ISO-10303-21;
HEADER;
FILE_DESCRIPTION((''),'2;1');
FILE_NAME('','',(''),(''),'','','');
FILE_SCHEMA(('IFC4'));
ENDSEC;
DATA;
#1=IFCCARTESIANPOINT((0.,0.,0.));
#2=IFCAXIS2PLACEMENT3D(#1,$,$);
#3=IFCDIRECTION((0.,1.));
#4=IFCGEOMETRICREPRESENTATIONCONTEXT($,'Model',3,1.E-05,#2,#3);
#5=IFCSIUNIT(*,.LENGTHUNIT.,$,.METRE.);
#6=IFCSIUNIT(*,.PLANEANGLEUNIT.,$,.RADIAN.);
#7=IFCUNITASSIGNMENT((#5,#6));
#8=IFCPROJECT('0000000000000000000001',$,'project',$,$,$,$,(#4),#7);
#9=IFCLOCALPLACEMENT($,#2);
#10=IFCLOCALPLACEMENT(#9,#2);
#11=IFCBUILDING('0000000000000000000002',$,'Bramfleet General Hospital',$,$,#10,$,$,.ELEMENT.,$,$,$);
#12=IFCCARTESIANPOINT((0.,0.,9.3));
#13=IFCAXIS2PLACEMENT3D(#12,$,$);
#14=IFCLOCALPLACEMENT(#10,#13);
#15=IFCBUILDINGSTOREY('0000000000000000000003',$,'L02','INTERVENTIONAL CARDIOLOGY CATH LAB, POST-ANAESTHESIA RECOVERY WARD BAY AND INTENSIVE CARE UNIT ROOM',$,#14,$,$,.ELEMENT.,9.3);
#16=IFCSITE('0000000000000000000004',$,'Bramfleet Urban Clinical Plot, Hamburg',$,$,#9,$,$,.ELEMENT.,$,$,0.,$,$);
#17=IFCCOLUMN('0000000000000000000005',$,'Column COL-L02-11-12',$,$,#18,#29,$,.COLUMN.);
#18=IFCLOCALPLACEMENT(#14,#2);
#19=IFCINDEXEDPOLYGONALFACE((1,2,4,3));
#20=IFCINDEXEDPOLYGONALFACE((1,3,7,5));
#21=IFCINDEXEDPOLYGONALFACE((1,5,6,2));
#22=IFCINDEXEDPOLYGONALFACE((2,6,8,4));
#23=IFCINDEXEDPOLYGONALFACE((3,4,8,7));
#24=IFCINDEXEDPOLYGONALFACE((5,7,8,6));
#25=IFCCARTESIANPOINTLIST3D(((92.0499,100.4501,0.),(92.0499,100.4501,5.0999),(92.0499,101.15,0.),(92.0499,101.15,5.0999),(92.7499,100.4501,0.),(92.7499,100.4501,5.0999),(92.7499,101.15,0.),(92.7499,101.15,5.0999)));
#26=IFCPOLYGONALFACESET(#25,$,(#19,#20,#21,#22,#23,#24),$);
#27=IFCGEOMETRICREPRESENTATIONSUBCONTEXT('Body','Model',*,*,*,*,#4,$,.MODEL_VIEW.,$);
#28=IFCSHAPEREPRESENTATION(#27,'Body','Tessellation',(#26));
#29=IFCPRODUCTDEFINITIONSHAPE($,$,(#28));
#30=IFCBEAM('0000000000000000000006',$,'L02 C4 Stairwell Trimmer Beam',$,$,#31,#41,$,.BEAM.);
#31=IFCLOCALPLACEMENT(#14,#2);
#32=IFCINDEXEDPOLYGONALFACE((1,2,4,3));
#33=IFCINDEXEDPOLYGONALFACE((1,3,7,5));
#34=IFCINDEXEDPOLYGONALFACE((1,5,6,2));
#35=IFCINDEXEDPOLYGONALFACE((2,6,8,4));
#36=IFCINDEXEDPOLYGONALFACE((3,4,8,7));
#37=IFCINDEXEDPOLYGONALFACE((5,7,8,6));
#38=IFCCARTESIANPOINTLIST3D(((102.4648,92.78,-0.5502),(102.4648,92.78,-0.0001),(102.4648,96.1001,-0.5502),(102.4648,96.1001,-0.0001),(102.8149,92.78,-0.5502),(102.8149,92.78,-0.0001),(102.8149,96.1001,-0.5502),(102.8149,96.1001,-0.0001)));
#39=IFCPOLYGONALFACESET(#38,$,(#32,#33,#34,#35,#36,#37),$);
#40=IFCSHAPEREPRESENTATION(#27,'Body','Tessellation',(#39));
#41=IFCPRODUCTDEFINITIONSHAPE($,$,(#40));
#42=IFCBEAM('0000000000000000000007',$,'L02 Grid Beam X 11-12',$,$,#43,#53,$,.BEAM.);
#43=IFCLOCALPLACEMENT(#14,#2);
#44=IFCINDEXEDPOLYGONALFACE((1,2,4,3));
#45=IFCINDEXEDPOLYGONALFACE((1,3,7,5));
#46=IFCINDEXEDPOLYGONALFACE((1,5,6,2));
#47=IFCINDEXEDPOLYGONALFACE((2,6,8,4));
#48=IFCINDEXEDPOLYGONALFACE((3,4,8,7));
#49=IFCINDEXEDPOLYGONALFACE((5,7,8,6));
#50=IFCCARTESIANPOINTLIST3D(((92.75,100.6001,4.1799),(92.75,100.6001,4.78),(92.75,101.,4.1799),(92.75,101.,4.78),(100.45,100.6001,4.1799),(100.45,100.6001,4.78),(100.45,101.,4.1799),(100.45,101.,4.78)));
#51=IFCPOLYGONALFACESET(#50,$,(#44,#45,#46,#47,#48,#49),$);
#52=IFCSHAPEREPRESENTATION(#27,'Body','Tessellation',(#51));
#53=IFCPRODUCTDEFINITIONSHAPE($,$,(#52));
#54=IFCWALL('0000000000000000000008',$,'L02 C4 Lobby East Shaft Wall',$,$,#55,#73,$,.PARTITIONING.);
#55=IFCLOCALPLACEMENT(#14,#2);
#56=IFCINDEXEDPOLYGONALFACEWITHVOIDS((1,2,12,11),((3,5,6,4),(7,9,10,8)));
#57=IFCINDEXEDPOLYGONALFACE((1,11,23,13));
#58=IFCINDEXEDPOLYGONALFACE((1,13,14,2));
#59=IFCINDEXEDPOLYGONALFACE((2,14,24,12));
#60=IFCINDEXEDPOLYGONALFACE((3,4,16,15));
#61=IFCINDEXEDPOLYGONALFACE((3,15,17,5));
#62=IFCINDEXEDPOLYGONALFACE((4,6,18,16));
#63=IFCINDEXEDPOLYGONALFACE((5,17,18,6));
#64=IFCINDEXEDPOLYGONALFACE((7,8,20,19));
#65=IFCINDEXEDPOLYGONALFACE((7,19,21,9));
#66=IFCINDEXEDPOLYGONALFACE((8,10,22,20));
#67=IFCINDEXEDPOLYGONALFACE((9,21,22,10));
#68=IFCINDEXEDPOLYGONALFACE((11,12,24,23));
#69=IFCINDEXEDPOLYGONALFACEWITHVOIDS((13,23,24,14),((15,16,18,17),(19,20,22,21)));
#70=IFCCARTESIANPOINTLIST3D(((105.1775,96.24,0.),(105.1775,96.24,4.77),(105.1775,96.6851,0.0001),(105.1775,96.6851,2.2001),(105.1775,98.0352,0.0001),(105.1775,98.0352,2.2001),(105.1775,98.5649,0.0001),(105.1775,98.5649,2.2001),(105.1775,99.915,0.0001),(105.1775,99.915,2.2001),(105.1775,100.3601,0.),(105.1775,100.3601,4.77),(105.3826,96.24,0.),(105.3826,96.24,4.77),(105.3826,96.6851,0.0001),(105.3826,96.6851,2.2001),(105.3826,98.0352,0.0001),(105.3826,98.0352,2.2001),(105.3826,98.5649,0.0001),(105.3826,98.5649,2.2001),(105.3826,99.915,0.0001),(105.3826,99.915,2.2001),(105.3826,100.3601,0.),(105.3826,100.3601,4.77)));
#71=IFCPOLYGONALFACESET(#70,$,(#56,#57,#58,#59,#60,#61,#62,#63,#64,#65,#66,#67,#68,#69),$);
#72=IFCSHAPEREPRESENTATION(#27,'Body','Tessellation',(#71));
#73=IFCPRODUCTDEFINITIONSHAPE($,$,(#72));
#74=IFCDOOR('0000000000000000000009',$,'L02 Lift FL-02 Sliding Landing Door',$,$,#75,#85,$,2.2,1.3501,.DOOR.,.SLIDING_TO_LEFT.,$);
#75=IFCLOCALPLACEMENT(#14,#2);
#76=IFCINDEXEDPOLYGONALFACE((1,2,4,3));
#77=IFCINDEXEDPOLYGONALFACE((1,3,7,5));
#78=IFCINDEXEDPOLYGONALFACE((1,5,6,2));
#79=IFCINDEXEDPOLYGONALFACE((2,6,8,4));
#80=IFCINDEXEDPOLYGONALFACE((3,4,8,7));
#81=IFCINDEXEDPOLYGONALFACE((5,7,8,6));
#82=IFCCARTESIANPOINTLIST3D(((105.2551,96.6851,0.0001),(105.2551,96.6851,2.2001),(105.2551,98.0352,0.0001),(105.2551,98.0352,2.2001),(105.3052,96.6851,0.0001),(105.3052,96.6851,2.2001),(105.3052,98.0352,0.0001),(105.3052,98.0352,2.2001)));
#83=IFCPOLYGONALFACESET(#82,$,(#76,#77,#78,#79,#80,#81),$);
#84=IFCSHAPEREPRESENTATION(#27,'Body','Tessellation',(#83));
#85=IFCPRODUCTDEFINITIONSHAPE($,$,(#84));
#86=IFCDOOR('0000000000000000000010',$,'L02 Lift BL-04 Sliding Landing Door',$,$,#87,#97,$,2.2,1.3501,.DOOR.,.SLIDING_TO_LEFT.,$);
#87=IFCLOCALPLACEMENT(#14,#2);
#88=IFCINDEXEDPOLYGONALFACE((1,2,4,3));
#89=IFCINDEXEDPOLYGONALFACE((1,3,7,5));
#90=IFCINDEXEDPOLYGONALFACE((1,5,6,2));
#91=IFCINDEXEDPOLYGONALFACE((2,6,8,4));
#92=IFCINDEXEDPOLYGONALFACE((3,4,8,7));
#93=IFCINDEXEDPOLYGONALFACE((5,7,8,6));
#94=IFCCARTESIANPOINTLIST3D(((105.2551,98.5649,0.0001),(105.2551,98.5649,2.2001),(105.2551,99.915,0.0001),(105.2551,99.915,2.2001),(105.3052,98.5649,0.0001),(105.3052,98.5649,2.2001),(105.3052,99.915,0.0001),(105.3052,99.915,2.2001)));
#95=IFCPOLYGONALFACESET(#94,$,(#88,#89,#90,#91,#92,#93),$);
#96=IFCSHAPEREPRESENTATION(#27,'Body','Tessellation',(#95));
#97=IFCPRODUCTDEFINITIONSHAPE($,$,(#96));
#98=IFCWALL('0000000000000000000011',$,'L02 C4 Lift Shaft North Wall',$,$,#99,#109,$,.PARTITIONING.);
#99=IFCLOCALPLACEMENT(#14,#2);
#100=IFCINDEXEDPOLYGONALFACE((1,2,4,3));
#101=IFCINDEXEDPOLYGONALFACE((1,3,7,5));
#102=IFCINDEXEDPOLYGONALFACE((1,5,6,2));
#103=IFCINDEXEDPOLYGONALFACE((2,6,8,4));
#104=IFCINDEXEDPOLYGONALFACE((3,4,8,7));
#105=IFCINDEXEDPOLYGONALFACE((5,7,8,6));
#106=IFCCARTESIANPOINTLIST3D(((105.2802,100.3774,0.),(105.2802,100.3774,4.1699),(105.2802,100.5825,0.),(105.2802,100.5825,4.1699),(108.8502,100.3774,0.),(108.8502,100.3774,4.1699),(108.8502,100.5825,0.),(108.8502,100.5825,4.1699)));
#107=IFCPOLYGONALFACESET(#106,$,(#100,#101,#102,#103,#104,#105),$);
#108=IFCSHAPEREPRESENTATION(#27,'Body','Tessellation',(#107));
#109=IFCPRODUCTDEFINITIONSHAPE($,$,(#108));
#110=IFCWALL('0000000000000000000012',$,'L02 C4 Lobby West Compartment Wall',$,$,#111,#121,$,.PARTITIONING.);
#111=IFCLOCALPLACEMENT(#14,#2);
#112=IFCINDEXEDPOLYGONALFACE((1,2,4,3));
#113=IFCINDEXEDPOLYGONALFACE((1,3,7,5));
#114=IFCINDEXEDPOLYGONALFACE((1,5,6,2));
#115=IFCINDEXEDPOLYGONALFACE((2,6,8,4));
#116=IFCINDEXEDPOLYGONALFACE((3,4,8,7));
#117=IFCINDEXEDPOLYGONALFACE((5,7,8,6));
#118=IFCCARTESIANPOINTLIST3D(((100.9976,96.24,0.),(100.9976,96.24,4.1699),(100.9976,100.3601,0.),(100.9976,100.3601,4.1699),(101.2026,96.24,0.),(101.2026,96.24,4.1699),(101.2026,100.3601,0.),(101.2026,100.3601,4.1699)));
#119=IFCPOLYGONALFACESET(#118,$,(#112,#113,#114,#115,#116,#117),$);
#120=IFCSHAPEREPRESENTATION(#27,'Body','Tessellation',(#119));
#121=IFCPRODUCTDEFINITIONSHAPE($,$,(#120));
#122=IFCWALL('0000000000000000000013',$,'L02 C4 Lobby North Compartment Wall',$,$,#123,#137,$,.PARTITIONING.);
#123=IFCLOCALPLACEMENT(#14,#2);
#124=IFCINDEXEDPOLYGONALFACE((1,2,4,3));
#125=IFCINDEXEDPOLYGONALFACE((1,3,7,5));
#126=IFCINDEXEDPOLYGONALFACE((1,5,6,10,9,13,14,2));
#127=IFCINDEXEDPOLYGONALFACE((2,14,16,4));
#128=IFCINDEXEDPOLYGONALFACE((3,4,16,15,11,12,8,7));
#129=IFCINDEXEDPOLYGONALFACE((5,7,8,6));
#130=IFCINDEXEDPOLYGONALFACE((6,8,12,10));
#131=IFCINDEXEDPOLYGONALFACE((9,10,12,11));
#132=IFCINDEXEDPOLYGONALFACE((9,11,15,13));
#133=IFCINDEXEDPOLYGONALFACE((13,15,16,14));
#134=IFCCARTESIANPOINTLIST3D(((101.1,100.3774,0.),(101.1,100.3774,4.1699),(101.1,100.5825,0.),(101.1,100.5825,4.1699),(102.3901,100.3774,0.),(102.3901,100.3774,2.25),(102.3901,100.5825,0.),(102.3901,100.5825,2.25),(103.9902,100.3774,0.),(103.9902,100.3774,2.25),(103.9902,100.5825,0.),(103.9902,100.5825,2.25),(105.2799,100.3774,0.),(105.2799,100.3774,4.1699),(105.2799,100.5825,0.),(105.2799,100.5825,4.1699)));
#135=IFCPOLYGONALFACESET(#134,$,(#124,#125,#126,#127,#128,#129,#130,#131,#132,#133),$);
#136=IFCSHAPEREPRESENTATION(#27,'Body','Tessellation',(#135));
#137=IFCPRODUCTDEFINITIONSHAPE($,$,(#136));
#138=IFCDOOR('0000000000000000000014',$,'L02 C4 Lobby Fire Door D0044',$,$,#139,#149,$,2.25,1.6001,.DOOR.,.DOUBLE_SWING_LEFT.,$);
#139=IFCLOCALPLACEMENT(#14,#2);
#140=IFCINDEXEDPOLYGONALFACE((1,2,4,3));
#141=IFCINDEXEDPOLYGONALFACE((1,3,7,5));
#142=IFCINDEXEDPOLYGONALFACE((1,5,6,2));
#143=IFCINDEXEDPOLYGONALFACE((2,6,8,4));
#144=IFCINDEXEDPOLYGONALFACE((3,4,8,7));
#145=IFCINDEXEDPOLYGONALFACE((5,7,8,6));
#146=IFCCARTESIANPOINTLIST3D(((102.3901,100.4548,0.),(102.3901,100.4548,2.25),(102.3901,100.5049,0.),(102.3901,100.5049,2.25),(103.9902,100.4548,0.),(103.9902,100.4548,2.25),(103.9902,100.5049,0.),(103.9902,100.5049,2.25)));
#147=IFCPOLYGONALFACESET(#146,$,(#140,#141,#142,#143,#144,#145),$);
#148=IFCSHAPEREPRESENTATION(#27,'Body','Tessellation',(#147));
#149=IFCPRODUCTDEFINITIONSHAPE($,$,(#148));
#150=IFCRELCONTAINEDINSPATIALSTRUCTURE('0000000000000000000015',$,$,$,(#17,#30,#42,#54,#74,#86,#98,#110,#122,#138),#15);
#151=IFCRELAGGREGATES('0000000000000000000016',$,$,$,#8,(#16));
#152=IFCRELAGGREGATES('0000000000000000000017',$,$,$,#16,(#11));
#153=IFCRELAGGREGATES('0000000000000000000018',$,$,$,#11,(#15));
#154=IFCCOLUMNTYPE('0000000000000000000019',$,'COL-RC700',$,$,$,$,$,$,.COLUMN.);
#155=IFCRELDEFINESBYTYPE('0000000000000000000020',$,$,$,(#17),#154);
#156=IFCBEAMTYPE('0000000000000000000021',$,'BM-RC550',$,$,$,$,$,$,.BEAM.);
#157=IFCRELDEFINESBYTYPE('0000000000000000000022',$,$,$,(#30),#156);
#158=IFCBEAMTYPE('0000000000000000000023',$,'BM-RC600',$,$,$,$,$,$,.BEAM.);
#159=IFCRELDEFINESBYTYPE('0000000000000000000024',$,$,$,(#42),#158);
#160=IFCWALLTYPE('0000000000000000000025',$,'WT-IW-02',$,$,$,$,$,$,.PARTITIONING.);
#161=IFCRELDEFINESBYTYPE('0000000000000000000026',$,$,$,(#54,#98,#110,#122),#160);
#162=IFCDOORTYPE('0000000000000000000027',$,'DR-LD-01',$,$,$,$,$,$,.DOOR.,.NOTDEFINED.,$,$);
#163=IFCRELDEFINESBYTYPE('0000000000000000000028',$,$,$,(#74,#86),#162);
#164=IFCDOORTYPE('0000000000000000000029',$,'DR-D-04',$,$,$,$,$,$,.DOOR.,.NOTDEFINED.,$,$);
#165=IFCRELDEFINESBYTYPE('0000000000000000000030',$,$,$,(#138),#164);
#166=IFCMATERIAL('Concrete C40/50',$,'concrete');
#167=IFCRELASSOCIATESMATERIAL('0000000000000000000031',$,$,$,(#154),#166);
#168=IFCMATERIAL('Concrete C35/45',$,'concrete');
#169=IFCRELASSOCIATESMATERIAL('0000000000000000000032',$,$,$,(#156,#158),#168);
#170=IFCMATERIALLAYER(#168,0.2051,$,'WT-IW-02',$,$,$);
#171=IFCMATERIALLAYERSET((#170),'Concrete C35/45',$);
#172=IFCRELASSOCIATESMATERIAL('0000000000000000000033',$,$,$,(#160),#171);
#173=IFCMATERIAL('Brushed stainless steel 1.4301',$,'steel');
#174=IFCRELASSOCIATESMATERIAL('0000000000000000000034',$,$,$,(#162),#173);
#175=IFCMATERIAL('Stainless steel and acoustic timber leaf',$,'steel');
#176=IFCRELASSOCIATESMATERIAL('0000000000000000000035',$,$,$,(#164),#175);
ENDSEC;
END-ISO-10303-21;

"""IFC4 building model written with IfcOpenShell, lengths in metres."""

from ifc_helpers import new_model, si_unit, direction, frame, frame_2d, origin, origin_2d, place, context, subcontext, project, spatial, rectangle, extrude, material, layer, layer_set, material_profile, profile_set, type_object, element, fill, save


model = new_model("IFC4")

# Units and contexts
model_context = context("Model", 3, precision=1e-05, world=origin(), true_north=direction((0.0, 1.0)))
body_context = subcontext(model_context, "Body", "Model", "MODEL_VIEW")
ifc_project = project(units=[si_unit("LENGTHUNIT", "METRE"), si_unit("PLANEANGLEUNIT", "RADIAN")], contexts=[model_context])

# Site, building, storey
site_placement = place(None, origin())
site = spatial("IfcSite", under=ifc_project, at=site_placement, Name="Bramfleet Urban Clinical Plot, Hamburg", CompositionType="ELEMENT", RefElevation=0.0)
building_placement = place(site_placement, origin())
building = spatial("IfcBuilding", under=site, at=building_placement, Name="Bramfleet General Hospital", CompositionType="ELEMENT")
storey_placement = place(building_placement, frame((0.0, 0.0, 9.3)))
storey = spatial("IfcBuildingStorey", under=building, at=storey_placement, Name="L02", Description="INTERVENTIONAL CARDIOLOGY CATH LAB, POST-ANAESTHESIA RECOVERY WARD BAY AND INTENSIVE CARE UNIT ROOM", CompositionType="ELEMENT", Elevation=9.3)

# Column
ifc_material_1 = material(Name="Concrete C40/50", Category="concrete")
ifc_material_profile_1 = material_profile(ifc_material_1, rectangle(XDim=0.7, YDim=0.7, at=origin_2d()), Name="RC COL 700x700")
ifc_profile_set_1 = profile_set([ifc_material_profile_1], Name="Concrete C40/50")
column_type = type_object("IfcColumnType", Name="COL-RC700", PredefinedType="COLUMN", material=ifc_profile_set_1)
column_placement = place(storey_placement, frame((92.3999, 100.8, 0.0), z_axis=(0.0, 0.0, 1.0), x_axis=(1.0, 0.0, 0.0)))
element("IfcColumn", 1, at=column_placement, inside=storey, type_object=column_type, Name="Column COL-L02-11-12", PredefinedType="COLUMN", context=body_context, shape_type="SweptSolid", body=[
    extrude(rectangle(XDim=0.7, YDim=0.7, at=origin_2d()), origin(), (0.0, 0.0, 1.0), 5.0999),
])

# Beams
ifc_material_2 = material(Name="Concrete C35/45", Category="concrete")
ifc_material_profile_2 = material_profile(ifc_material_2, rectangle(XDim=0.3501, YDim=0.55, at=origin_2d()), Name="RC BM 550x350")
ifc_profile_set_2 = profile_set([ifc_material_profile_2], Name="Concrete C35/45")
beam_type_1 = type_object("IfcBeamType", Name="BM-RC550", PredefinedType="BEAM", material=ifc_profile_set_2)
beam_1_placement = place(storey_placement, frame((102.6399, 92.78, -0.2751), z_axis=(0.0, 1.0, 0.0), x_axis=(-1.0, 0.0, 0.0)))
element("IfcBeam", 2, at=beam_1_placement, inside=storey, type_object=beam_type_1, Name="L02 C4 Stairwell Trimmer Beam", PredefinedType="BEAM", context=body_context, shape_type="SweptSolid", body=[
    extrude(rectangle(XDim=0.3501, YDim=0.55, at=origin_2d()), origin(), (0.0, 0.0, 1.0), 3.3201),
])
ifc_material_profile_3 = material_profile(ifc_material_2, rectangle(XDim=0.3999, YDim=0.6001, at=origin_2d()), Name="RC BM 600x400")
ifc_profile_set_3 = profile_set([ifc_material_profile_3], Name="Concrete C35/45")
beam_type_2 = type_object("IfcBeamType", Name="BM-RC600", PredefinedType="BEAM", material=ifc_profile_set_3)
beam_2_placement = place(storey_placement, frame((92.75, 100.8, 4.48), z_axis=(1.0, 0.0, 0.0), x_axis=(0.0, 1.0, 0.0)))
element("IfcBeam", 3, at=beam_2_placement, inside=storey, type_object=beam_type_2, Name="L02 Grid Beam X 11-12", PredefinedType="BEAM", context=body_context, shape_type="SweptSolid", body=[
    extrude(rectangle(XDim=0.3999, YDim=0.6001, at=origin_2d()), origin(), (0.0, 0.0, 1.0), 7.7),
])

# Wall, openings, doors
ifc_layer_1 = layer(ifc_material_2, 0.2051, Name="WT-IW-02")
ifc_layer_set_1 = layer_set([ifc_layer_1], Name="Concrete C35/45")
wall_type_1 = type_object("IfcWallType", Name="WT-IW-02", PredefinedType="PARTITIONING", material=ifc_layer_set_1)
wall_1_placement = place(storey_placement, frame((105.28, 96.24, 0.0), z_axis=(0.0, 0.0, 1.0), x_axis=(0.0, 1.0, 0.0)))
wall_1 = element("IfcWall", 4, at=wall_1_placement, inside=storey, type_object=wall_type_1, Name="L02 C4 Lobby East Shaft Wall", PredefinedType="PARTITIONING", context=body_context, shape_type="SweptSolid", body=[
    extrude(rectangle(XDim=4.1201, YDim=0.2051, at=frame_2d((2.0601, 0.0))), origin(), (0.0, 0.0, 1.0), 4.77),
])
opening_1_placement = place(wall_1_placement, frame((0.4451, 0.0, 0.0)))
opening_1 = element("IfcOpeningElement", 5, at=opening_1_placement, cuts=wall_1, PredefinedType="OPENING", context=body_context, shape_type="SweptSolid", body=[
    extrude(rectangle(XDim=1.3501, YDim=2.2, at=frame_2d((0.675, 1.1001))), frame((0.0, 0.1125, 0.0), z_axis=(0.0, -1.0, 0.0), x_axis=(1.0, 0.0, 0.0)), (0.0, 0.0, 1.0), 0.2251),
])
opening_2_placement = place(wall_1_placement, frame((2.325, 0.0, 0.0)))
opening_2 = element("IfcOpeningElement", 6, at=opening_2_placement, cuts=wall_1, PredefinedType="OPENING", context=body_context, shape_type="SweptSolid", body=[
    extrude(rectangle(XDim=1.3501, YDim=2.2, at=frame_2d((0.675, 1.1001))), frame((0.0, 0.1125, 0.0), z_axis=(0.0, -1.0, 0.0), x_axis=(1.0, 0.0, 0.0)), (0.0, 0.0, 1.0), 0.2251),
])
ifc_material_3 = material(Name="Brushed stainless steel 1.4301", Category="steel")
door_type_1 = type_object("IfcDoorType", Name="DR-LD-01", OperationType="NOTDEFINED", PredefinedType="DOOR", material=ifc_material_3)
door_1_placement = place(opening_1_placement, origin())
door_1 = element("IfcDoor", 7, at=door_1_placement, inside=storey, type_object=door_type_1, Name="L02 Lift FL-02 Sliding Landing Door", OperationType="SLIDING_TO_LEFT", OverallHeight=2.2, OverallWidth=1.3501, PredefinedType="DOOR", context=body_context, shape_type="SweptSolid", body=[
    extrude(rectangle(XDim=1.3501, YDim=2.2, at=frame_2d((0.675, 1.1001))), frame((0.0, 0.0249, 0.0), z_axis=(0.0, -1.0, 0.0), x_axis=(1.0, 0.0, 0.0)), (0.0, 0.0, 1.0), 0.05),
])
fill(opening_1, door_1)
door_2_placement = place(opening_2_placement, origin())
door_2 = element("IfcDoor", 8, at=door_2_placement, inside=storey, type_object=door_type_1, Name="L02 Lift BL-04 Sliding Landing Door", OperationType="SLIDING_TO_LEFT", OverallHeight=2.2, OverallWidth=1.3501, PredefinedType="DOOR", context=body_context, shape_type="SweptSolid", body=[
    extrude(rectangle(XDim=1.3501, YDim=2.2, at=frame_2d((0.675, 1.1001))), frame((0.0, 0.0249, 0.0), z_axis=(0.0, -1.0, 0.0), x_axis=(1.0, 0.0, 0.0)), (0.0, 0.0, 1.0), 0.05),
])
fill(opening_2, door_2)

# Walls
wall_2_placement = place(storey_placement, frame((105.28, 100.48, 0.0), z_axis=(0.0, 0.0, 1.0), x_axis=(1.0, 0.0, 0.0)))
element("IfcWall", 9, at=wall_2_placement, inside=storey, type_object=wall_type_1, Name="L02 C4 Lift Shaft North Wall", PredefinedType="PARTITIONING", context=body_context, shape_type="SweptSolid", body=[
    extrude(rectangle(XDim=3.5701, YDim=0.2051, at=frame_2d((1.7852, 0.0))), origin(), (0.0, 0.0, 1.0), 4.1699),
])
wall_3_placement = place(storey_placement, frame((101.1001, 96.24, 0.0), z_axis=(0.0, 0.0, 1.0), x_axis=(0.0, 1.0, 0.0)))
element("IfcWall", 10, at=wall_3_placement, inside=storey, type_object=wall_type_1, Name="L02 C4 Lobby West Compartment Wall", PredefinedType="PARTITIONING", context=body_context, shape_type="SweptSolid", body=[
    extrude(rectangle(XDim=4.1201, YDim=0.2051, at=frame_2d((2.0601, 0.0))), origin(), (0.0, 0.0, 1.0), 4.1699),
])

# Wall, opening, door
wall_4_placement = place(storey_placement, frame((101.1001, 100.48, 0.0), z_axis=(0.0, 0.0, 1.0), x_axis=(1.0, 0.0, 0.0)))
wall_4 = element("IfcWall", 11, at=wall_4_placement, inside=storey, type_object=wall_type_1, Name="L02 C4 Lobby North Compartment Wall", PredefinedType="PARTITIONING", context=body_context, shape_type="SweptSolid", body=[
    extrude(rectangle(XDim=4.1799, YDim=0.2051, at=frame_2d((2.0898, 0.0))), origin(), (0.0, 0.0, 1.0), 4.1699),
])
opening_3_placement = place(wall_4_placement, frame((1.29, 0.0, 0.0)))
opening_3 = element("IfcOpeningElement", 12, at=opening_3_placement, cuts=wall_4, PredefinedType="OPENING", context=body_context, shape_type="SweptSolid", body=[
    extrude(rectangle(XDim=1.6001, YDim=2.25, at=frame_2d((0.8, 1.125))), frame((0.0, 0.1125, 0.0), z_axis=(0.0, -1.0, 0.0), x_axis=(1.0, 0.0, 0.0)), (0.0, 0.0, 1.0), 0.2251),
])
ifc_material_4 = material(Name="Stainless steel and acoustic timber leaf", Category="steel")
door_type_2 = type_object("IfcDoorType", Name="DR-D-04", OperationType="NOTDEFINED", PredefinedType="DOOR", material=ifc_material_4)
door_3_placement = place(opening_3_placement, origin())
door_3 = element("IfcDoor", 13, at=door_3_placement, inside=storey, type_object=door_type_2, Name="L02 C4 Lobby Fire Door D0044", OperationType="DOUBLE_SWING_LEFT", OverallHeight=2.25, OverallWidth=1.6001, PredefinedType="DOOR", context=body_context, shape_type="SweptSolid", body=[
    extrude(rectangle(XDim=1.6001, YDim=2.25, at=frame_2d((0.8, 1.125))), frame((0.0, 0.0249, 0.0), z_axis=(0.0, -1.0, 0.0), x_axis=(1.0, 0.0, 0.0)), (0.0, 0.0, 1.0), 0.05),
])
fill(opening_3, door_3)

save(model, "model.ifc")
